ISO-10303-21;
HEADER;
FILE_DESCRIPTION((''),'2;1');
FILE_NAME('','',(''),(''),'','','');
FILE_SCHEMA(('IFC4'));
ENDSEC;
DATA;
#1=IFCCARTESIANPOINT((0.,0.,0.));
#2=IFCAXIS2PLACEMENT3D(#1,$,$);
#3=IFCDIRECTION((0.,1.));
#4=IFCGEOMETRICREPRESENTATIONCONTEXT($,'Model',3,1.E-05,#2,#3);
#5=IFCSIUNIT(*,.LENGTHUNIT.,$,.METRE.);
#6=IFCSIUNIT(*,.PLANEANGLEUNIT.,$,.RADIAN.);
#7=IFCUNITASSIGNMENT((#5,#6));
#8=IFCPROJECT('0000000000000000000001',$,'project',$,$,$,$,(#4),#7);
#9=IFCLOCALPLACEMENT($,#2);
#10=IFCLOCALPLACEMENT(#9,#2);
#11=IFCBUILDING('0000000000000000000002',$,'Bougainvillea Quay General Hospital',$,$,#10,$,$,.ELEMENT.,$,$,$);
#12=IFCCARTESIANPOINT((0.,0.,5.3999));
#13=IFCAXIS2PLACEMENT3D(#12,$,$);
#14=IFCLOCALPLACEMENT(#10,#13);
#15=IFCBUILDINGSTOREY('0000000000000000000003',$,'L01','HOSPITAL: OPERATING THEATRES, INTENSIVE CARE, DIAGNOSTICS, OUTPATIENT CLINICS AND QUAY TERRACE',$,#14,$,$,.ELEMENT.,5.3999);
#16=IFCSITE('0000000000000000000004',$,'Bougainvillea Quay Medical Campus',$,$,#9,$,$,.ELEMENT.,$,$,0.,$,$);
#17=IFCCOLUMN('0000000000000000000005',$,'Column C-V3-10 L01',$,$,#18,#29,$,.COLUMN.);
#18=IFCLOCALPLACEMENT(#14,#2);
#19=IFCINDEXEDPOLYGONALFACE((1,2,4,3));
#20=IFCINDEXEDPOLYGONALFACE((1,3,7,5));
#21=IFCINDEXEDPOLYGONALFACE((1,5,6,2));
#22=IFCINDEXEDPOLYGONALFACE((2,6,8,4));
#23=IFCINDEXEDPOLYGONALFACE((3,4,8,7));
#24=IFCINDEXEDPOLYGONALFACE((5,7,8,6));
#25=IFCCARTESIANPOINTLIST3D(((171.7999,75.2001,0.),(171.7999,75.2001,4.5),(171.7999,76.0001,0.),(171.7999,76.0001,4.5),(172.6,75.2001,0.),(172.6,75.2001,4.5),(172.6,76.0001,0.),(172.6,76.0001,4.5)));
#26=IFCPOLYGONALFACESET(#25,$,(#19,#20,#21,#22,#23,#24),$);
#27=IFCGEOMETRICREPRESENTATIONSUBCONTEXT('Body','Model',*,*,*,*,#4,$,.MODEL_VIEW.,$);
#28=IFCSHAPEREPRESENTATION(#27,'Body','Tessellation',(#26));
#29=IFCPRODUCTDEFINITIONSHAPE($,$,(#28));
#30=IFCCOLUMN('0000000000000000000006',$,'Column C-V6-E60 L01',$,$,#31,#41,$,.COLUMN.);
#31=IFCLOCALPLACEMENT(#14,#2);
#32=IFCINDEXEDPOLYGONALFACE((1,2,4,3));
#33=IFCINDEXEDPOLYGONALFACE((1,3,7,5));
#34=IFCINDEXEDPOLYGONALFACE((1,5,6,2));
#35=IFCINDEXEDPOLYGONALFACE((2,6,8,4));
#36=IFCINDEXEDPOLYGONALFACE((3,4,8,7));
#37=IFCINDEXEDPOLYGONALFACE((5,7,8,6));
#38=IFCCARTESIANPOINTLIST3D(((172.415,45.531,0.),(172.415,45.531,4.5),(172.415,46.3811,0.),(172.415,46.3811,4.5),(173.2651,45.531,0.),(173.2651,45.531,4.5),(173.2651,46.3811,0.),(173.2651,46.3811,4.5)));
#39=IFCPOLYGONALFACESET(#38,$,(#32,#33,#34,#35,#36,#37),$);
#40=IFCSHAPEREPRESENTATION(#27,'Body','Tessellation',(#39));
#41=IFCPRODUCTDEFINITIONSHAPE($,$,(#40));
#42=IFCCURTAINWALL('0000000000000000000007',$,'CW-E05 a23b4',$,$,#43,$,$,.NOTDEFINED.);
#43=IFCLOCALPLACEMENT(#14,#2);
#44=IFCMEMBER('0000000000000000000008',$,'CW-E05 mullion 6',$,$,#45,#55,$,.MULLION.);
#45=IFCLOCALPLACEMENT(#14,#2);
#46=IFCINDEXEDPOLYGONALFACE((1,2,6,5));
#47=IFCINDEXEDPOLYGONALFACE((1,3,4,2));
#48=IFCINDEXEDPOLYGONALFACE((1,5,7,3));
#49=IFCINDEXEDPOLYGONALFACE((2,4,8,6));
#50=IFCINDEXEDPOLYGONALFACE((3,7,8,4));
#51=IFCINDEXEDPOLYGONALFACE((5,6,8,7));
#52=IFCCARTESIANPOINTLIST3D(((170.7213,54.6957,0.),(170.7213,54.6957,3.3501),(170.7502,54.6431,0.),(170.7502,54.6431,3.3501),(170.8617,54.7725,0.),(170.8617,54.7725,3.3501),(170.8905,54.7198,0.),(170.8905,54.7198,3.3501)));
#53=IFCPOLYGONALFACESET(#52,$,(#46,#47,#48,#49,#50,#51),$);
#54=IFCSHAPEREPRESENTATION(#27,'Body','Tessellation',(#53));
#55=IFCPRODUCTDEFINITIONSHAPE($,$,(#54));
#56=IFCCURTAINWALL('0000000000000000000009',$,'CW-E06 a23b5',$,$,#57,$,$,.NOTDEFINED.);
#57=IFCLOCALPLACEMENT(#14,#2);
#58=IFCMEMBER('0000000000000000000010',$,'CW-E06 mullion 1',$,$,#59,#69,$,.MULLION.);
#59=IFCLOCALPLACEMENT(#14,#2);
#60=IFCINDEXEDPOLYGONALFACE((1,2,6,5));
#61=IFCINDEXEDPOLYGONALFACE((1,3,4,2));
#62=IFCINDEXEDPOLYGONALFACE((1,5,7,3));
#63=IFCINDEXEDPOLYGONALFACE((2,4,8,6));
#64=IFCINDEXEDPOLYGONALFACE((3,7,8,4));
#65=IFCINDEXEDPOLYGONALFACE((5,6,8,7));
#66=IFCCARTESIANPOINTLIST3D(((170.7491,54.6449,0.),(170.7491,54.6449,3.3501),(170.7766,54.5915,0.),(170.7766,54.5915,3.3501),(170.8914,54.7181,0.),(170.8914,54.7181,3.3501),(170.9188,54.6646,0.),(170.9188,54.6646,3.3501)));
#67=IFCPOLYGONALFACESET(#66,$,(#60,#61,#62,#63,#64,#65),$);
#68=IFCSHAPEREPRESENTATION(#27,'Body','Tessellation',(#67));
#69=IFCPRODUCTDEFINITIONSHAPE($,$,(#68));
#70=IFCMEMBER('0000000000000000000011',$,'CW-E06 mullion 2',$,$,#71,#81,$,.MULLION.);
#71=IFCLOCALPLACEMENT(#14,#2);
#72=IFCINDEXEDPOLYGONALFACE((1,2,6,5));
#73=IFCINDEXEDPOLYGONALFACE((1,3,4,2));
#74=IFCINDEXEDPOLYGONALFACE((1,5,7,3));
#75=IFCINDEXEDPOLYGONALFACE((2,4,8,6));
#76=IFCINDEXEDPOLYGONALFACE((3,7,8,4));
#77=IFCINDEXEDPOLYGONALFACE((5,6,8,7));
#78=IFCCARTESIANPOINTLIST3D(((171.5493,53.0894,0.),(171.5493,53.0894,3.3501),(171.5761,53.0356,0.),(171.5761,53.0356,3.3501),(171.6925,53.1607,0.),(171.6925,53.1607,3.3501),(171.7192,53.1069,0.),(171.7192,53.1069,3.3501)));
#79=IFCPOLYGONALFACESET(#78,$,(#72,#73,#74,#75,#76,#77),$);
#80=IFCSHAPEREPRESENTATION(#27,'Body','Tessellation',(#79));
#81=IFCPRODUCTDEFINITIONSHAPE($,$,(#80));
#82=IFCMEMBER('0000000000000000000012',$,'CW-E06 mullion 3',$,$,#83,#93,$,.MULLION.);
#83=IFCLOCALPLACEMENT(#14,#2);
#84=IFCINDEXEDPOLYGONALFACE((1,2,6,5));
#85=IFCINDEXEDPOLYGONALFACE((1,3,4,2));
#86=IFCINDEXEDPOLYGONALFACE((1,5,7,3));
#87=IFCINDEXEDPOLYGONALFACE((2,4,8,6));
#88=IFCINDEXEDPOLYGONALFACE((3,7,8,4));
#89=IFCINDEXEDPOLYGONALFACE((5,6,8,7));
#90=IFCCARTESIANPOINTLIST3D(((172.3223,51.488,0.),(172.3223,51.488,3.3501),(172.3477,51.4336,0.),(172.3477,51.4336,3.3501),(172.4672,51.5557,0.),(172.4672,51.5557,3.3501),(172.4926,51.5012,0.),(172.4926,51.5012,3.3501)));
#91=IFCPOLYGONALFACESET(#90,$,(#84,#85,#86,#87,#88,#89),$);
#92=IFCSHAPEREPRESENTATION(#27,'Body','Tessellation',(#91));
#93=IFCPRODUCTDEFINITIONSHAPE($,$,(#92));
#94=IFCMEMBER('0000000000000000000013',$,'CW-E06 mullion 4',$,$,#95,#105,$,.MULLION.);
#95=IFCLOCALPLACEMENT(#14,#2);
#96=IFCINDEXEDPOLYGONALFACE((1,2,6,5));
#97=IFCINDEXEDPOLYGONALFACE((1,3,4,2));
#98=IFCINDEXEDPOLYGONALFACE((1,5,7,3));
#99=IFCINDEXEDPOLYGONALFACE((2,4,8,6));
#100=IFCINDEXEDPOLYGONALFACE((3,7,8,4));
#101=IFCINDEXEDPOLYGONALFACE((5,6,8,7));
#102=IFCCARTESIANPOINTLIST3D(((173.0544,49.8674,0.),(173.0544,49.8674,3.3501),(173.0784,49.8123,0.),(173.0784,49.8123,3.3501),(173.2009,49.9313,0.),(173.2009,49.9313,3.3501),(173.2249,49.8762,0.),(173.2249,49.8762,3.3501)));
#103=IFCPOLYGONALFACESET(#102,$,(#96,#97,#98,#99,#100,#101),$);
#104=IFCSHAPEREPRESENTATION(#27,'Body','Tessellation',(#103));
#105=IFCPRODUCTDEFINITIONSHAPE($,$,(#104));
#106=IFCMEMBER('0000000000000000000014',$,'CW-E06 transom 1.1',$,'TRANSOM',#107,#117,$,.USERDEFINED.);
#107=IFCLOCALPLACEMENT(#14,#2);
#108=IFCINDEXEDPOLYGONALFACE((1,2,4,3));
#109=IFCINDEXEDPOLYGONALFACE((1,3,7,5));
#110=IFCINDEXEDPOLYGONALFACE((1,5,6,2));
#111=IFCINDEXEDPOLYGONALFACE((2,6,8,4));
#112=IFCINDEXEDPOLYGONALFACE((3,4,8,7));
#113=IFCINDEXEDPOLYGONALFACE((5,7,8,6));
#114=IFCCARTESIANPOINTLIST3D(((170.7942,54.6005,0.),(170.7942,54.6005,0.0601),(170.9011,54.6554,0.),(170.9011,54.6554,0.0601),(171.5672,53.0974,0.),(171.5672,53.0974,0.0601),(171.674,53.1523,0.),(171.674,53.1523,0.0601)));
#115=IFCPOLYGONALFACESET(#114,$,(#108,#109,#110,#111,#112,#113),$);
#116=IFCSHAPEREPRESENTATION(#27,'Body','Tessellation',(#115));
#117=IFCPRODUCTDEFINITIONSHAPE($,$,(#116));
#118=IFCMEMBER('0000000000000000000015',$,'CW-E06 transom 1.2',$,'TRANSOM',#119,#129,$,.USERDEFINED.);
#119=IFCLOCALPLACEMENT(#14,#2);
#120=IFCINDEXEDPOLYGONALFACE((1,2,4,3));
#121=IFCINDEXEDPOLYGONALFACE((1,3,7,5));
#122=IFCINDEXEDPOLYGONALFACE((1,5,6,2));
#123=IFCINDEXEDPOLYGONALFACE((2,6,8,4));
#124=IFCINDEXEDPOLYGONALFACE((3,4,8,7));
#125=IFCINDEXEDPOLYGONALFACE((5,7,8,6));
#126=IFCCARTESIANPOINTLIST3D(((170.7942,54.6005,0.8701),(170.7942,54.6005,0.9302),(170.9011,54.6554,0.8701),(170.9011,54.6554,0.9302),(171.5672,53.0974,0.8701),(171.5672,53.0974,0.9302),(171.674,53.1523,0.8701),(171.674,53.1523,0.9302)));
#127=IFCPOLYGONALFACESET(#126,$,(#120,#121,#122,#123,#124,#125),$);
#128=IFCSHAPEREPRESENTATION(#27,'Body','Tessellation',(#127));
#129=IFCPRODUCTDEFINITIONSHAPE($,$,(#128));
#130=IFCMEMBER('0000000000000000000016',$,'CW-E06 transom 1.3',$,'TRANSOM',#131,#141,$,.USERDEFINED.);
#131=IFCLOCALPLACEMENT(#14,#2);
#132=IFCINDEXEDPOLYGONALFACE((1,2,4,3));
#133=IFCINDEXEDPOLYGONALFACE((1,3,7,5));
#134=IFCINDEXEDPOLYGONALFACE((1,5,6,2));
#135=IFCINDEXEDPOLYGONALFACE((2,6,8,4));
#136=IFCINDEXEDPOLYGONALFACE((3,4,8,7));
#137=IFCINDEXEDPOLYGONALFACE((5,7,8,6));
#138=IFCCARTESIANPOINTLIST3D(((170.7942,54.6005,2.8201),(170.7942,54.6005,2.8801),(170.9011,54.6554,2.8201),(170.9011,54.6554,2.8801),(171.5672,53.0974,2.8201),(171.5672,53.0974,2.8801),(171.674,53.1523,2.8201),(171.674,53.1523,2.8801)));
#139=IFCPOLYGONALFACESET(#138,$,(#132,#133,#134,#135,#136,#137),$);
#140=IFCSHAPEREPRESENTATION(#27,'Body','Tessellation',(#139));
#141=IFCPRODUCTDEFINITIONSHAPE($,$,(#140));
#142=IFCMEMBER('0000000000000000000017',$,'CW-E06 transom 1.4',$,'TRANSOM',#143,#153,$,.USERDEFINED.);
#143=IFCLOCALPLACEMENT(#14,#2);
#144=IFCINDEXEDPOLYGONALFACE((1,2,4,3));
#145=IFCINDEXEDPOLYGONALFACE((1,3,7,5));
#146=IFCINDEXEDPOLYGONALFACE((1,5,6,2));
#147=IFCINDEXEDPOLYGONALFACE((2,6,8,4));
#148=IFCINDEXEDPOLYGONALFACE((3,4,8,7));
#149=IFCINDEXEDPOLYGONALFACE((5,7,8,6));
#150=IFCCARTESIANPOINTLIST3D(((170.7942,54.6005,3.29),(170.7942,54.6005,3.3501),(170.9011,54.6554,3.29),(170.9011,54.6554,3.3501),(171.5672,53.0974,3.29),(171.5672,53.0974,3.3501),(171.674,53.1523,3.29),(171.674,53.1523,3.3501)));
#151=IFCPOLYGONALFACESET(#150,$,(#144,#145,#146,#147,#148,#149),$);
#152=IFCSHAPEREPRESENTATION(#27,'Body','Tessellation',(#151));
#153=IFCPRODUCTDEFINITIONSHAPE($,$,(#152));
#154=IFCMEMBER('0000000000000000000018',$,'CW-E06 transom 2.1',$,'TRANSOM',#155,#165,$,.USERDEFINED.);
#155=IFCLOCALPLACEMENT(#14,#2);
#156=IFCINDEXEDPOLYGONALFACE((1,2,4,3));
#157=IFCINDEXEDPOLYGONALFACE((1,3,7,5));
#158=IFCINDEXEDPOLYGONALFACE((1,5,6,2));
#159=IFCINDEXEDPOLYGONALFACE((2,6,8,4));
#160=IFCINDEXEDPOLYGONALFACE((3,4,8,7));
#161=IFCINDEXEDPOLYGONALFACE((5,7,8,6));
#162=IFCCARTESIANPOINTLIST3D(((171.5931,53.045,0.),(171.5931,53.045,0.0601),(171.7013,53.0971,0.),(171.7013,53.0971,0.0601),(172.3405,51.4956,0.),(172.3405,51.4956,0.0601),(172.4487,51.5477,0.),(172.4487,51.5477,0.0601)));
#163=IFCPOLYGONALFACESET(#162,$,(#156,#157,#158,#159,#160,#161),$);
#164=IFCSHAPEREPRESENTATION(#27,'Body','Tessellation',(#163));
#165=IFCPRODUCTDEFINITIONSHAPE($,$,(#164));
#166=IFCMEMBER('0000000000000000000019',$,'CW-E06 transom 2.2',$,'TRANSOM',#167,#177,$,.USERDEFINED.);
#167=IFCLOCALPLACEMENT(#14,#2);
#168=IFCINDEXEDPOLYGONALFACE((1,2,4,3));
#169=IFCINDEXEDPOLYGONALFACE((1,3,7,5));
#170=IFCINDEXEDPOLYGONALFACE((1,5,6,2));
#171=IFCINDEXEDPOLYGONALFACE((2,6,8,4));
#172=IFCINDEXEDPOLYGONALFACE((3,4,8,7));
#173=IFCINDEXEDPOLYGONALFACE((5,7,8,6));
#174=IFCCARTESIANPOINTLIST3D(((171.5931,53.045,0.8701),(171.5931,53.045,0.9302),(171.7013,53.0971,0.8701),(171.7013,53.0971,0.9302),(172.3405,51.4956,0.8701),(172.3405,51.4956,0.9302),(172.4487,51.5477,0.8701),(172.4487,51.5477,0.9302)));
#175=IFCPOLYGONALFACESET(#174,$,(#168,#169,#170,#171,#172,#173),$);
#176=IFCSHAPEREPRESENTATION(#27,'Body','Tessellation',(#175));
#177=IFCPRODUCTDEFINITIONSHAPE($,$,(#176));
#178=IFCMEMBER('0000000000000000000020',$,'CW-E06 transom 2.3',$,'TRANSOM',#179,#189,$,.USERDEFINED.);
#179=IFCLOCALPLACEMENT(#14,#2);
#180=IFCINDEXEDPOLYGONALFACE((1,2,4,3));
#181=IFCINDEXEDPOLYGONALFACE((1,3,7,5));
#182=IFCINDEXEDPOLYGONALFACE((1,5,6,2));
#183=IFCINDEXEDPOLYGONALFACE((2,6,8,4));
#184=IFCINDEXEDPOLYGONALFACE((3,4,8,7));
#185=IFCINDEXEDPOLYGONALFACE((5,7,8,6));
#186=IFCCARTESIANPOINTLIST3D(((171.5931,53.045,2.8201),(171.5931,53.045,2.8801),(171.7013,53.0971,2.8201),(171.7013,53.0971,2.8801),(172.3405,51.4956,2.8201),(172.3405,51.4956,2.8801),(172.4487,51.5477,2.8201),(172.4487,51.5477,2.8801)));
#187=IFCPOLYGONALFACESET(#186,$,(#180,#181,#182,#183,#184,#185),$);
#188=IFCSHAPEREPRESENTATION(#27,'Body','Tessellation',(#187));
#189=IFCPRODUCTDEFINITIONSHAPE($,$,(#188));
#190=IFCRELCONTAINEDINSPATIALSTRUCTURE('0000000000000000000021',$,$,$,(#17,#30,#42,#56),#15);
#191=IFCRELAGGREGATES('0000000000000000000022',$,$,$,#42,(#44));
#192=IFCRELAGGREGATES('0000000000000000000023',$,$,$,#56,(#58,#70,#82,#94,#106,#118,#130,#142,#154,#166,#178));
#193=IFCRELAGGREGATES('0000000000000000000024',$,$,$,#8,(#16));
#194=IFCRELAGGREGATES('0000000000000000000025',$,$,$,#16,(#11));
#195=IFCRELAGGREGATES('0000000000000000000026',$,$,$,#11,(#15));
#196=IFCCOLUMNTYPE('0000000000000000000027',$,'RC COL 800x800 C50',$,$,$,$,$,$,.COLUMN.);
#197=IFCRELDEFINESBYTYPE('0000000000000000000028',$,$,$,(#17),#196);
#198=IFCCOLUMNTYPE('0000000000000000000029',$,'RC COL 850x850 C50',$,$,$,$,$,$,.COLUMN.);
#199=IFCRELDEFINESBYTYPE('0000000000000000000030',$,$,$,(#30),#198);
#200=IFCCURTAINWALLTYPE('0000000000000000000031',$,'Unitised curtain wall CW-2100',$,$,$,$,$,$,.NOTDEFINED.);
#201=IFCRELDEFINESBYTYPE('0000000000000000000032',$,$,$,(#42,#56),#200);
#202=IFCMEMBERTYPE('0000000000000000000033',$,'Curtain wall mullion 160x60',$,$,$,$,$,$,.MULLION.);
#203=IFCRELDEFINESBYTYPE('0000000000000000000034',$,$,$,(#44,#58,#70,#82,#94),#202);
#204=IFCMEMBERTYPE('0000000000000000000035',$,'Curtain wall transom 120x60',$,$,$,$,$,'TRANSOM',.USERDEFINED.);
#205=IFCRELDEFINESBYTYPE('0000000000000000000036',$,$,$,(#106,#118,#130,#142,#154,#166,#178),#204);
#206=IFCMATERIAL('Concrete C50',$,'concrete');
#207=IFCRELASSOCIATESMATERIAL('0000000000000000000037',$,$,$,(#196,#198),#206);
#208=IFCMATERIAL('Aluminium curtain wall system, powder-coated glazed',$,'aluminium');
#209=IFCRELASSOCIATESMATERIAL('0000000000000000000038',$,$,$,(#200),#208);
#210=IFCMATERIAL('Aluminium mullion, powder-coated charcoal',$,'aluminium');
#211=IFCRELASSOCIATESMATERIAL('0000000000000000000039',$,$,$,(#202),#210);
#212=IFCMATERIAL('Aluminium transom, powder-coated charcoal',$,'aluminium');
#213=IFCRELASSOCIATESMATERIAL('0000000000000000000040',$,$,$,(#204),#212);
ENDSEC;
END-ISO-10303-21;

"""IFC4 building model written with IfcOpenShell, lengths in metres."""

from ifc_helpers import new_model, si_unit, direction, frame, origin, origin_2d, place, context, subcontext, project, spatial, rectangle, extrude, material, material_profile, profile_set, type_object, element, aggregate, save


model = new_model("IFC4")

# Units and contexts
model_context = context("Model", 3, precision=1e-05, world=origin(), true_north=direction((0.0, 1.0)))
body_context = subcontext(model_context, "Body", "Model", "MODEL_VIEW")
ifc_project = project(units=[si_unit("LENGTHUNIT", "METRE"), si_unit("PLANEANGLEUNIT", "RADIAN")], contexts=[model_context])

# Site, building, storey
site_placement = place(None, origin())
site = spatial("IfcSite", under=ifc_project, at=site_placement, Name="Bougainvillea Quay Medical Campus", CompositionType="ELEMENT", RefElevation=0.0)
building_placement = place(site_placement, origin())
building = spatial("IfcBuilding", under=site, at=building_placement, Name="Bougainvillea Quay General Hospital", CompositionType="ELEMENT")
storey_placement = place(building_placement, frame((0.0, 0.0, 5.3999)))
storey = spatial("IfcBuildingStorey", under=building, at=storey_placement, Name="L01", Description="HOSPITAL: OPERATING THEATRES, INTENSIVE CARE, DIAGNOSTICS, OUTPATIENT CLINICS AND QUAY TERRACE", CompositionType="ELEMENT", Elevation=5.3999)

# Columns
ifc_material_1 = material(Name="Concrete C50", Category="concrete")
ifc_material_profile_1 = material_profile(ifc_material_1, rectangle(XDim=0.8, YDim=0.8, at=origin_2d()))
ifc_profile_set_1 = profile_set([ifc_material_profile_1], Name="Concrete C50")
column_type_1 = type_object("IfcColumnType", Name="RC COL 800x800 C50", PredefinedType="COLUMN", material=ifc_profile_set_1)
column_1_placement = place(storey_placement, frame((172.2, 75.6001, 0.0), z_axis=(0.0, 0.0, 1.0), x_axis=(1.0, 0.0, 0.0)))
element("IfcColumn", 1, at=column_1_placement, inside=storey, type_object=column_type_1, Name="Column C-V3-10 L01", PredefinedType="COLUMN", context=body_context, shape_type="SweptSolid", body=[
    extrude(rectangle(XDim=0.8, YDim=0.8, at=origin_2d()), origin(), (0.0, 0.0, 1.0), 4.5),
])
ifc_material_profile_2 = material_profile(ifc_material_1, rectangle(XDim=0.8501, YDim=0.8501, at=origin_2d()))
ifc_profile_set_2 = profile_set([ifc_material_profile_2], Name="Concrete C50")
column_type_2 = type_object("IfcColumnType", Name="RC COL 850x850 C50", PredefinedType="COLUMN", material=ifc_profile_set_2)
column_2_placement = place(storey_placement, frame((172.8401, 45.9561, 0.0), z_axis=(0.0, 0.0, 1.0), x_axis=(1.0, 0.0, 0.0)))
element("IfcColumn", 2, at=column_2_placement, inside=storey, type_object=column_type_2, Name="Column C-V6-E60 L01", PredefinedType="COLUMN", context=body_context, shape_type="SweptSolid", body=[
    extrude(rectangle(XDim=0.8501, YDim=0.8501, at=origin_2d()), origin(), (0.0, 0.0, 1.0), 4.5),
])

# Curtain wall, member
ifc_material_2 = material(Name="Aluminium curtain wall system, powder-coated glazed", Category="aluminium")
curtain_wall_type = type_object("IfcCurtainWallType", Name="Unitised curtain wall CW-2100", PredefinedType="NOTDEFINED", material=ifc_material_2)
curtain_wall_1_placement = place(storey_placement, origin())
curtain_wall_1 = element("IfcCurtainWall", 3, at=curtain_wall_1_placement, inside=storey, type_object=curtain_wall_type, Name="CW-E05 a23b4", PredefinedType="NOTDEFINED")
ifc_material_3 = material(Name="Aluminium mullion, powder-coated charcoal", Category="aluminium")
ifc_material_profile_3 = material_profile(ifc_material_3, rectangle(XDim=0.1599, YDim=0.0601, at=origin_2d()))
ifc_profile_set_3 = profile_set([ifc_material_profile_3], Name="Aluminium mullion, powder-coated charcoal")
member_type_1 = type_object("IfcMemberType", Name="Curtain wall mullion 160x60", PredefinedType="MULLION", material=ifc_profile_set_3)
member_1_placement = place(storey_placement, frame((170.8059, 54.7078, 0.0), z_axis=(0.0, 0.0, 1.0), x_axis=(0.877387, 0.479783, 0.0)))
member_1 = element("IfcMember", 4, at=member_1_placement, type_object=member_type_1, Name="CW-E05 mullion 6", PredefinedType="MULLION", context=body_context, shape_type="SweptSolid", body=[
    extrude(rectangle(XDim=0.1599, YDim=0.0601, at=origin_2d()), origin(), (0.0, 0.0, 1.0), 3.3501),
])

# Curtain wall, members
curtain_wall_2_placement = place(storey_placement, origin())
curtain_wall_2 = element("IfcCurtainWall", 5, at=curtain_wall_2_placement, inside=storey, type_object=curtain_wall_type, Name="CW-E06 a23b5", PredefinedType="NOTDEFINED")
member_2_placement = place(storey_placement, frame((170.834, 54.6548, 0.0), z_axis=(0.0, 0.0, 1.0), x_axis=(0.889346, 0.457235, 0.0)))
member_2 = element("IfcMember", 6, at=member_2_placement, type_object=member_type_1, Name="CW-E06 mullion 1", PredefinedType="MULLION", context=body_context, shape_type="SweptSolid", body=[
    extrude(rectangle(XDim=0.1599, YDim=0.0601, at=origin_2d()), origin(), (0.0, 0.0, 1.0), 3.3501),
])
member_3_placement = place(storey_placement, frame((171.6343, 53.0981, 0.0), z_axis=(0.0, 0.0, 1.0), x_axis=(0.895109, 0.445848, 0.0)))
member_3 = element("IfcMember", 7, at=member_3_placement, type_object=member_type_1, Name="CW-E06 mullion 2", PredefinedType="MULLION", context=body_context, shape_type="SweptSolid", body=[
    extrude(rectangle(XDim=0.1599, YDim=0.0601, at=origin_2d()), origin(), (0.0, 0.0, 1.0), 3.3501),
])
member_4_placement = place(storey_placement, frame((172.4075, 51.4946, 0.0), z_axis=(0.0, 0.0, 1.0), x_axis=(0.906196, 0.422859, 0.0)))
member_4 = element("IfcMember", 8, at=member_4_placement, type_object=member_type_1, Name="CW-E06 mullion 3", PredefinedType="MULLION", context=body_context, shape_type="SweptSolid", body=[
    extrude(rectangle(XDim=0.1599, YDim=0.0601, at=origin_2d()), origin(), (0.0, 0.0, 1.0), 3.3501),
])
member_5_placement = place(storey_placement, frame((173.1396, 49.8718, 0.0), z_axis=(0.0, 0.0, 1.0), x_axis=(0.916692, 0.399594, 0.0)))
member_5 = element("IfcMember", 9, at=member_5_placement, type_object=member_type_1, Name="CW-E06 mullion 4", PredefinedType="MULLION", context=body_context, shape_type="SweptSolid", body=[
    extrude(rectangle(XDim=0.1599, YDim=0.0601, at=origin_2d()), origin(), (0.0, 0.0, 1.0), 3.3501),
])
ifc_material_4 = material(Name="Aluminium transom, powder-coated charcoal", Category="aluminium")
ifc_material_profile_4 = material_profile(ifc_material_4, rectangle(XDim=0.1201, YDim=0.0601, at=origin_2d()))
ifc_profile_set_4 = profile_set([ifc_material_profile_4], Name="Aluminium transom, powder-coated charcoal")
member_type_2 = type_object("IfcMemberType", Name="Curtain wall transom 120x60", ElementType="TRANSOM", PredefinedType="USERDEFINED", material=ifc_profile_set_4)
member_6_placement = place(storey_placement, frame((170.8477, 54.6279, 0.03), z_axis=(0.457296, -0.889315, 0.0), x_axis=(0.889315, 0.457296, 0.0)))
member_6 = element("IfcMember", 10, at=member_6_placement, type_object=member_type_2, Name="CW-E06 transom 1.1", ObjectType="TRANSOM", PredefinedType="USERDEFINED", context=body_context, shape_type="SweptSolid", body=[
    extrude(rectangle(XDim=0.1201, YDim=0.0601, at=origin_2d()), origin(), (0.0, 0.0, 1.0), 1.6902),
])
member_7_placement = place(storey_placement, frame((170.8477, 54.6279, 0.9001), z_axis=(0.457296, -0.889315, 0.0), x_axis=(0.889315, 0.457296, 0.0)))
member_7 = element("IfcMember", 11, at=member_7_placement, type_object=member_type_2, Name="CW-E06 transom 1.2", ObjectType="TRANSOM", PredefinedType="USERDEFINED", context=body_context, shape_type="SweptSolid", body=[
    extrude(rectangle(XDim=0.1201, YDim=0.0601, at=origin_2d()), origin(), (0.0, 0.0, 1.0), 1.6902),
])
member_8_placement = place(storey_placement, frame((170.8477, 54.6279, 2.8501), z_axis=(0.457296, -0.889315, 0.0), x_axis=(0.889315, 0.457296, 0.0)))
member_8 = element("IfcMember", 12, at=member_8_placement, type_object=member_type_2, Name="CW-E06 transom 1.3", ObjectType="TRANSOM", PredefinedType="USERDEFINED", context=body_context, shape_type="SweptSolid", body=[
    extrude(rectangle(XDim=0.1201, YDim=0.0601, at=origin_2d()), origin(), (0.0, 0.0, 1.0), 1.6902),
])
member_9_placement = place(storey_placement, frame((170.8477, 54.6279, 3.3201), z_axis=(0.457296, -0.889315, 0.0), x_axis=(0.889315, 0.457296, 0.0)))
member_9 = element("IfcMember", 13, at=member_9_placement, type_object=member_type_2, Name="CW-E06 transom 1.4", ObjectType="TRANSOM", PredefinedType="USERDEFINED", context=body_context, shape_type="SweptSolid", body=[
    extrude(rectangle(XDim=0.1201, YDim=0.0601, at=origin_2d()), origin(), (0.0, 0.0, 1.0), 1.6902),
])
member_10_placement = place(storey_placement, frame((171.6472, 53.071, 0.03), z_axis=(0.434451, -0.900695, 0.0), x_axis=(0.900695, 0.434451, 0.0)))
member_10 = element("IfcMember", 14, at=member_10_placement, type_object=member_type_2, Name="CW-E06 transom 2.1", ObjectType="TRANSOM", PredefinedType="USERDEFINED", context=body_context, shape_type="SweptSolid", body=[
    extrude(rectangle(XDim=0.1201, YDim=0.0601, at=origin_2d()), origin(), (0.0, 0.0, 1.0), 1.7202),
])
member_11_placement = place(storey_placement, frame((171.6472, 53.071, 0.9001), z_axis=(0.434451, -0.900695, 0.0), x_axis=(0.900695, 0.434451, 0.0)))
member_11 = element("IfcMember", 15, at=member_11_placement, type_object=member_type_2, Name="CW-E06 transom 2.2", ObjectType="TRANSOM", PredefinedType="USERDEFINED", context=body_context, shape_type="SweptSolid", body=[
    extrude(rectangle(XDim=0.1201, YDim=0.0601, at=origin_2d()), origin(), (0.0, 0.0, 1.0), 1.7202),
])
member_12_placement = place(storey_placement, frame((171.6472, 53.071, 2.8501), z_axis=(0.434451, -0.900695, 0.0), x_axis=(0.900695, 0.434451, 0.0)))
member_12 = element("IfcMember", 16, at=member_12_placement, type_object=member_type_2, Name="CW-E06 transom 2.3", ObjectType="TRANSOM", PredefinedType="USERDEFINED", context=body_context, shape_type="SweptSolid", body=[
    extrude(rectangle(XDim=0.1201, YDim=0.0601, at=origin_2d()), origin(), (0.0, 0.0, 1.0), 1.7202),
])

aggregate(curtain_wall_1, [member_1])
aggregate(curtain_wall_2, [member_2, member_3, member_4, member_5, member_6, member_7, member_8, member_9, member_10, member_11, member_12])

save(model, "model.ifc")
